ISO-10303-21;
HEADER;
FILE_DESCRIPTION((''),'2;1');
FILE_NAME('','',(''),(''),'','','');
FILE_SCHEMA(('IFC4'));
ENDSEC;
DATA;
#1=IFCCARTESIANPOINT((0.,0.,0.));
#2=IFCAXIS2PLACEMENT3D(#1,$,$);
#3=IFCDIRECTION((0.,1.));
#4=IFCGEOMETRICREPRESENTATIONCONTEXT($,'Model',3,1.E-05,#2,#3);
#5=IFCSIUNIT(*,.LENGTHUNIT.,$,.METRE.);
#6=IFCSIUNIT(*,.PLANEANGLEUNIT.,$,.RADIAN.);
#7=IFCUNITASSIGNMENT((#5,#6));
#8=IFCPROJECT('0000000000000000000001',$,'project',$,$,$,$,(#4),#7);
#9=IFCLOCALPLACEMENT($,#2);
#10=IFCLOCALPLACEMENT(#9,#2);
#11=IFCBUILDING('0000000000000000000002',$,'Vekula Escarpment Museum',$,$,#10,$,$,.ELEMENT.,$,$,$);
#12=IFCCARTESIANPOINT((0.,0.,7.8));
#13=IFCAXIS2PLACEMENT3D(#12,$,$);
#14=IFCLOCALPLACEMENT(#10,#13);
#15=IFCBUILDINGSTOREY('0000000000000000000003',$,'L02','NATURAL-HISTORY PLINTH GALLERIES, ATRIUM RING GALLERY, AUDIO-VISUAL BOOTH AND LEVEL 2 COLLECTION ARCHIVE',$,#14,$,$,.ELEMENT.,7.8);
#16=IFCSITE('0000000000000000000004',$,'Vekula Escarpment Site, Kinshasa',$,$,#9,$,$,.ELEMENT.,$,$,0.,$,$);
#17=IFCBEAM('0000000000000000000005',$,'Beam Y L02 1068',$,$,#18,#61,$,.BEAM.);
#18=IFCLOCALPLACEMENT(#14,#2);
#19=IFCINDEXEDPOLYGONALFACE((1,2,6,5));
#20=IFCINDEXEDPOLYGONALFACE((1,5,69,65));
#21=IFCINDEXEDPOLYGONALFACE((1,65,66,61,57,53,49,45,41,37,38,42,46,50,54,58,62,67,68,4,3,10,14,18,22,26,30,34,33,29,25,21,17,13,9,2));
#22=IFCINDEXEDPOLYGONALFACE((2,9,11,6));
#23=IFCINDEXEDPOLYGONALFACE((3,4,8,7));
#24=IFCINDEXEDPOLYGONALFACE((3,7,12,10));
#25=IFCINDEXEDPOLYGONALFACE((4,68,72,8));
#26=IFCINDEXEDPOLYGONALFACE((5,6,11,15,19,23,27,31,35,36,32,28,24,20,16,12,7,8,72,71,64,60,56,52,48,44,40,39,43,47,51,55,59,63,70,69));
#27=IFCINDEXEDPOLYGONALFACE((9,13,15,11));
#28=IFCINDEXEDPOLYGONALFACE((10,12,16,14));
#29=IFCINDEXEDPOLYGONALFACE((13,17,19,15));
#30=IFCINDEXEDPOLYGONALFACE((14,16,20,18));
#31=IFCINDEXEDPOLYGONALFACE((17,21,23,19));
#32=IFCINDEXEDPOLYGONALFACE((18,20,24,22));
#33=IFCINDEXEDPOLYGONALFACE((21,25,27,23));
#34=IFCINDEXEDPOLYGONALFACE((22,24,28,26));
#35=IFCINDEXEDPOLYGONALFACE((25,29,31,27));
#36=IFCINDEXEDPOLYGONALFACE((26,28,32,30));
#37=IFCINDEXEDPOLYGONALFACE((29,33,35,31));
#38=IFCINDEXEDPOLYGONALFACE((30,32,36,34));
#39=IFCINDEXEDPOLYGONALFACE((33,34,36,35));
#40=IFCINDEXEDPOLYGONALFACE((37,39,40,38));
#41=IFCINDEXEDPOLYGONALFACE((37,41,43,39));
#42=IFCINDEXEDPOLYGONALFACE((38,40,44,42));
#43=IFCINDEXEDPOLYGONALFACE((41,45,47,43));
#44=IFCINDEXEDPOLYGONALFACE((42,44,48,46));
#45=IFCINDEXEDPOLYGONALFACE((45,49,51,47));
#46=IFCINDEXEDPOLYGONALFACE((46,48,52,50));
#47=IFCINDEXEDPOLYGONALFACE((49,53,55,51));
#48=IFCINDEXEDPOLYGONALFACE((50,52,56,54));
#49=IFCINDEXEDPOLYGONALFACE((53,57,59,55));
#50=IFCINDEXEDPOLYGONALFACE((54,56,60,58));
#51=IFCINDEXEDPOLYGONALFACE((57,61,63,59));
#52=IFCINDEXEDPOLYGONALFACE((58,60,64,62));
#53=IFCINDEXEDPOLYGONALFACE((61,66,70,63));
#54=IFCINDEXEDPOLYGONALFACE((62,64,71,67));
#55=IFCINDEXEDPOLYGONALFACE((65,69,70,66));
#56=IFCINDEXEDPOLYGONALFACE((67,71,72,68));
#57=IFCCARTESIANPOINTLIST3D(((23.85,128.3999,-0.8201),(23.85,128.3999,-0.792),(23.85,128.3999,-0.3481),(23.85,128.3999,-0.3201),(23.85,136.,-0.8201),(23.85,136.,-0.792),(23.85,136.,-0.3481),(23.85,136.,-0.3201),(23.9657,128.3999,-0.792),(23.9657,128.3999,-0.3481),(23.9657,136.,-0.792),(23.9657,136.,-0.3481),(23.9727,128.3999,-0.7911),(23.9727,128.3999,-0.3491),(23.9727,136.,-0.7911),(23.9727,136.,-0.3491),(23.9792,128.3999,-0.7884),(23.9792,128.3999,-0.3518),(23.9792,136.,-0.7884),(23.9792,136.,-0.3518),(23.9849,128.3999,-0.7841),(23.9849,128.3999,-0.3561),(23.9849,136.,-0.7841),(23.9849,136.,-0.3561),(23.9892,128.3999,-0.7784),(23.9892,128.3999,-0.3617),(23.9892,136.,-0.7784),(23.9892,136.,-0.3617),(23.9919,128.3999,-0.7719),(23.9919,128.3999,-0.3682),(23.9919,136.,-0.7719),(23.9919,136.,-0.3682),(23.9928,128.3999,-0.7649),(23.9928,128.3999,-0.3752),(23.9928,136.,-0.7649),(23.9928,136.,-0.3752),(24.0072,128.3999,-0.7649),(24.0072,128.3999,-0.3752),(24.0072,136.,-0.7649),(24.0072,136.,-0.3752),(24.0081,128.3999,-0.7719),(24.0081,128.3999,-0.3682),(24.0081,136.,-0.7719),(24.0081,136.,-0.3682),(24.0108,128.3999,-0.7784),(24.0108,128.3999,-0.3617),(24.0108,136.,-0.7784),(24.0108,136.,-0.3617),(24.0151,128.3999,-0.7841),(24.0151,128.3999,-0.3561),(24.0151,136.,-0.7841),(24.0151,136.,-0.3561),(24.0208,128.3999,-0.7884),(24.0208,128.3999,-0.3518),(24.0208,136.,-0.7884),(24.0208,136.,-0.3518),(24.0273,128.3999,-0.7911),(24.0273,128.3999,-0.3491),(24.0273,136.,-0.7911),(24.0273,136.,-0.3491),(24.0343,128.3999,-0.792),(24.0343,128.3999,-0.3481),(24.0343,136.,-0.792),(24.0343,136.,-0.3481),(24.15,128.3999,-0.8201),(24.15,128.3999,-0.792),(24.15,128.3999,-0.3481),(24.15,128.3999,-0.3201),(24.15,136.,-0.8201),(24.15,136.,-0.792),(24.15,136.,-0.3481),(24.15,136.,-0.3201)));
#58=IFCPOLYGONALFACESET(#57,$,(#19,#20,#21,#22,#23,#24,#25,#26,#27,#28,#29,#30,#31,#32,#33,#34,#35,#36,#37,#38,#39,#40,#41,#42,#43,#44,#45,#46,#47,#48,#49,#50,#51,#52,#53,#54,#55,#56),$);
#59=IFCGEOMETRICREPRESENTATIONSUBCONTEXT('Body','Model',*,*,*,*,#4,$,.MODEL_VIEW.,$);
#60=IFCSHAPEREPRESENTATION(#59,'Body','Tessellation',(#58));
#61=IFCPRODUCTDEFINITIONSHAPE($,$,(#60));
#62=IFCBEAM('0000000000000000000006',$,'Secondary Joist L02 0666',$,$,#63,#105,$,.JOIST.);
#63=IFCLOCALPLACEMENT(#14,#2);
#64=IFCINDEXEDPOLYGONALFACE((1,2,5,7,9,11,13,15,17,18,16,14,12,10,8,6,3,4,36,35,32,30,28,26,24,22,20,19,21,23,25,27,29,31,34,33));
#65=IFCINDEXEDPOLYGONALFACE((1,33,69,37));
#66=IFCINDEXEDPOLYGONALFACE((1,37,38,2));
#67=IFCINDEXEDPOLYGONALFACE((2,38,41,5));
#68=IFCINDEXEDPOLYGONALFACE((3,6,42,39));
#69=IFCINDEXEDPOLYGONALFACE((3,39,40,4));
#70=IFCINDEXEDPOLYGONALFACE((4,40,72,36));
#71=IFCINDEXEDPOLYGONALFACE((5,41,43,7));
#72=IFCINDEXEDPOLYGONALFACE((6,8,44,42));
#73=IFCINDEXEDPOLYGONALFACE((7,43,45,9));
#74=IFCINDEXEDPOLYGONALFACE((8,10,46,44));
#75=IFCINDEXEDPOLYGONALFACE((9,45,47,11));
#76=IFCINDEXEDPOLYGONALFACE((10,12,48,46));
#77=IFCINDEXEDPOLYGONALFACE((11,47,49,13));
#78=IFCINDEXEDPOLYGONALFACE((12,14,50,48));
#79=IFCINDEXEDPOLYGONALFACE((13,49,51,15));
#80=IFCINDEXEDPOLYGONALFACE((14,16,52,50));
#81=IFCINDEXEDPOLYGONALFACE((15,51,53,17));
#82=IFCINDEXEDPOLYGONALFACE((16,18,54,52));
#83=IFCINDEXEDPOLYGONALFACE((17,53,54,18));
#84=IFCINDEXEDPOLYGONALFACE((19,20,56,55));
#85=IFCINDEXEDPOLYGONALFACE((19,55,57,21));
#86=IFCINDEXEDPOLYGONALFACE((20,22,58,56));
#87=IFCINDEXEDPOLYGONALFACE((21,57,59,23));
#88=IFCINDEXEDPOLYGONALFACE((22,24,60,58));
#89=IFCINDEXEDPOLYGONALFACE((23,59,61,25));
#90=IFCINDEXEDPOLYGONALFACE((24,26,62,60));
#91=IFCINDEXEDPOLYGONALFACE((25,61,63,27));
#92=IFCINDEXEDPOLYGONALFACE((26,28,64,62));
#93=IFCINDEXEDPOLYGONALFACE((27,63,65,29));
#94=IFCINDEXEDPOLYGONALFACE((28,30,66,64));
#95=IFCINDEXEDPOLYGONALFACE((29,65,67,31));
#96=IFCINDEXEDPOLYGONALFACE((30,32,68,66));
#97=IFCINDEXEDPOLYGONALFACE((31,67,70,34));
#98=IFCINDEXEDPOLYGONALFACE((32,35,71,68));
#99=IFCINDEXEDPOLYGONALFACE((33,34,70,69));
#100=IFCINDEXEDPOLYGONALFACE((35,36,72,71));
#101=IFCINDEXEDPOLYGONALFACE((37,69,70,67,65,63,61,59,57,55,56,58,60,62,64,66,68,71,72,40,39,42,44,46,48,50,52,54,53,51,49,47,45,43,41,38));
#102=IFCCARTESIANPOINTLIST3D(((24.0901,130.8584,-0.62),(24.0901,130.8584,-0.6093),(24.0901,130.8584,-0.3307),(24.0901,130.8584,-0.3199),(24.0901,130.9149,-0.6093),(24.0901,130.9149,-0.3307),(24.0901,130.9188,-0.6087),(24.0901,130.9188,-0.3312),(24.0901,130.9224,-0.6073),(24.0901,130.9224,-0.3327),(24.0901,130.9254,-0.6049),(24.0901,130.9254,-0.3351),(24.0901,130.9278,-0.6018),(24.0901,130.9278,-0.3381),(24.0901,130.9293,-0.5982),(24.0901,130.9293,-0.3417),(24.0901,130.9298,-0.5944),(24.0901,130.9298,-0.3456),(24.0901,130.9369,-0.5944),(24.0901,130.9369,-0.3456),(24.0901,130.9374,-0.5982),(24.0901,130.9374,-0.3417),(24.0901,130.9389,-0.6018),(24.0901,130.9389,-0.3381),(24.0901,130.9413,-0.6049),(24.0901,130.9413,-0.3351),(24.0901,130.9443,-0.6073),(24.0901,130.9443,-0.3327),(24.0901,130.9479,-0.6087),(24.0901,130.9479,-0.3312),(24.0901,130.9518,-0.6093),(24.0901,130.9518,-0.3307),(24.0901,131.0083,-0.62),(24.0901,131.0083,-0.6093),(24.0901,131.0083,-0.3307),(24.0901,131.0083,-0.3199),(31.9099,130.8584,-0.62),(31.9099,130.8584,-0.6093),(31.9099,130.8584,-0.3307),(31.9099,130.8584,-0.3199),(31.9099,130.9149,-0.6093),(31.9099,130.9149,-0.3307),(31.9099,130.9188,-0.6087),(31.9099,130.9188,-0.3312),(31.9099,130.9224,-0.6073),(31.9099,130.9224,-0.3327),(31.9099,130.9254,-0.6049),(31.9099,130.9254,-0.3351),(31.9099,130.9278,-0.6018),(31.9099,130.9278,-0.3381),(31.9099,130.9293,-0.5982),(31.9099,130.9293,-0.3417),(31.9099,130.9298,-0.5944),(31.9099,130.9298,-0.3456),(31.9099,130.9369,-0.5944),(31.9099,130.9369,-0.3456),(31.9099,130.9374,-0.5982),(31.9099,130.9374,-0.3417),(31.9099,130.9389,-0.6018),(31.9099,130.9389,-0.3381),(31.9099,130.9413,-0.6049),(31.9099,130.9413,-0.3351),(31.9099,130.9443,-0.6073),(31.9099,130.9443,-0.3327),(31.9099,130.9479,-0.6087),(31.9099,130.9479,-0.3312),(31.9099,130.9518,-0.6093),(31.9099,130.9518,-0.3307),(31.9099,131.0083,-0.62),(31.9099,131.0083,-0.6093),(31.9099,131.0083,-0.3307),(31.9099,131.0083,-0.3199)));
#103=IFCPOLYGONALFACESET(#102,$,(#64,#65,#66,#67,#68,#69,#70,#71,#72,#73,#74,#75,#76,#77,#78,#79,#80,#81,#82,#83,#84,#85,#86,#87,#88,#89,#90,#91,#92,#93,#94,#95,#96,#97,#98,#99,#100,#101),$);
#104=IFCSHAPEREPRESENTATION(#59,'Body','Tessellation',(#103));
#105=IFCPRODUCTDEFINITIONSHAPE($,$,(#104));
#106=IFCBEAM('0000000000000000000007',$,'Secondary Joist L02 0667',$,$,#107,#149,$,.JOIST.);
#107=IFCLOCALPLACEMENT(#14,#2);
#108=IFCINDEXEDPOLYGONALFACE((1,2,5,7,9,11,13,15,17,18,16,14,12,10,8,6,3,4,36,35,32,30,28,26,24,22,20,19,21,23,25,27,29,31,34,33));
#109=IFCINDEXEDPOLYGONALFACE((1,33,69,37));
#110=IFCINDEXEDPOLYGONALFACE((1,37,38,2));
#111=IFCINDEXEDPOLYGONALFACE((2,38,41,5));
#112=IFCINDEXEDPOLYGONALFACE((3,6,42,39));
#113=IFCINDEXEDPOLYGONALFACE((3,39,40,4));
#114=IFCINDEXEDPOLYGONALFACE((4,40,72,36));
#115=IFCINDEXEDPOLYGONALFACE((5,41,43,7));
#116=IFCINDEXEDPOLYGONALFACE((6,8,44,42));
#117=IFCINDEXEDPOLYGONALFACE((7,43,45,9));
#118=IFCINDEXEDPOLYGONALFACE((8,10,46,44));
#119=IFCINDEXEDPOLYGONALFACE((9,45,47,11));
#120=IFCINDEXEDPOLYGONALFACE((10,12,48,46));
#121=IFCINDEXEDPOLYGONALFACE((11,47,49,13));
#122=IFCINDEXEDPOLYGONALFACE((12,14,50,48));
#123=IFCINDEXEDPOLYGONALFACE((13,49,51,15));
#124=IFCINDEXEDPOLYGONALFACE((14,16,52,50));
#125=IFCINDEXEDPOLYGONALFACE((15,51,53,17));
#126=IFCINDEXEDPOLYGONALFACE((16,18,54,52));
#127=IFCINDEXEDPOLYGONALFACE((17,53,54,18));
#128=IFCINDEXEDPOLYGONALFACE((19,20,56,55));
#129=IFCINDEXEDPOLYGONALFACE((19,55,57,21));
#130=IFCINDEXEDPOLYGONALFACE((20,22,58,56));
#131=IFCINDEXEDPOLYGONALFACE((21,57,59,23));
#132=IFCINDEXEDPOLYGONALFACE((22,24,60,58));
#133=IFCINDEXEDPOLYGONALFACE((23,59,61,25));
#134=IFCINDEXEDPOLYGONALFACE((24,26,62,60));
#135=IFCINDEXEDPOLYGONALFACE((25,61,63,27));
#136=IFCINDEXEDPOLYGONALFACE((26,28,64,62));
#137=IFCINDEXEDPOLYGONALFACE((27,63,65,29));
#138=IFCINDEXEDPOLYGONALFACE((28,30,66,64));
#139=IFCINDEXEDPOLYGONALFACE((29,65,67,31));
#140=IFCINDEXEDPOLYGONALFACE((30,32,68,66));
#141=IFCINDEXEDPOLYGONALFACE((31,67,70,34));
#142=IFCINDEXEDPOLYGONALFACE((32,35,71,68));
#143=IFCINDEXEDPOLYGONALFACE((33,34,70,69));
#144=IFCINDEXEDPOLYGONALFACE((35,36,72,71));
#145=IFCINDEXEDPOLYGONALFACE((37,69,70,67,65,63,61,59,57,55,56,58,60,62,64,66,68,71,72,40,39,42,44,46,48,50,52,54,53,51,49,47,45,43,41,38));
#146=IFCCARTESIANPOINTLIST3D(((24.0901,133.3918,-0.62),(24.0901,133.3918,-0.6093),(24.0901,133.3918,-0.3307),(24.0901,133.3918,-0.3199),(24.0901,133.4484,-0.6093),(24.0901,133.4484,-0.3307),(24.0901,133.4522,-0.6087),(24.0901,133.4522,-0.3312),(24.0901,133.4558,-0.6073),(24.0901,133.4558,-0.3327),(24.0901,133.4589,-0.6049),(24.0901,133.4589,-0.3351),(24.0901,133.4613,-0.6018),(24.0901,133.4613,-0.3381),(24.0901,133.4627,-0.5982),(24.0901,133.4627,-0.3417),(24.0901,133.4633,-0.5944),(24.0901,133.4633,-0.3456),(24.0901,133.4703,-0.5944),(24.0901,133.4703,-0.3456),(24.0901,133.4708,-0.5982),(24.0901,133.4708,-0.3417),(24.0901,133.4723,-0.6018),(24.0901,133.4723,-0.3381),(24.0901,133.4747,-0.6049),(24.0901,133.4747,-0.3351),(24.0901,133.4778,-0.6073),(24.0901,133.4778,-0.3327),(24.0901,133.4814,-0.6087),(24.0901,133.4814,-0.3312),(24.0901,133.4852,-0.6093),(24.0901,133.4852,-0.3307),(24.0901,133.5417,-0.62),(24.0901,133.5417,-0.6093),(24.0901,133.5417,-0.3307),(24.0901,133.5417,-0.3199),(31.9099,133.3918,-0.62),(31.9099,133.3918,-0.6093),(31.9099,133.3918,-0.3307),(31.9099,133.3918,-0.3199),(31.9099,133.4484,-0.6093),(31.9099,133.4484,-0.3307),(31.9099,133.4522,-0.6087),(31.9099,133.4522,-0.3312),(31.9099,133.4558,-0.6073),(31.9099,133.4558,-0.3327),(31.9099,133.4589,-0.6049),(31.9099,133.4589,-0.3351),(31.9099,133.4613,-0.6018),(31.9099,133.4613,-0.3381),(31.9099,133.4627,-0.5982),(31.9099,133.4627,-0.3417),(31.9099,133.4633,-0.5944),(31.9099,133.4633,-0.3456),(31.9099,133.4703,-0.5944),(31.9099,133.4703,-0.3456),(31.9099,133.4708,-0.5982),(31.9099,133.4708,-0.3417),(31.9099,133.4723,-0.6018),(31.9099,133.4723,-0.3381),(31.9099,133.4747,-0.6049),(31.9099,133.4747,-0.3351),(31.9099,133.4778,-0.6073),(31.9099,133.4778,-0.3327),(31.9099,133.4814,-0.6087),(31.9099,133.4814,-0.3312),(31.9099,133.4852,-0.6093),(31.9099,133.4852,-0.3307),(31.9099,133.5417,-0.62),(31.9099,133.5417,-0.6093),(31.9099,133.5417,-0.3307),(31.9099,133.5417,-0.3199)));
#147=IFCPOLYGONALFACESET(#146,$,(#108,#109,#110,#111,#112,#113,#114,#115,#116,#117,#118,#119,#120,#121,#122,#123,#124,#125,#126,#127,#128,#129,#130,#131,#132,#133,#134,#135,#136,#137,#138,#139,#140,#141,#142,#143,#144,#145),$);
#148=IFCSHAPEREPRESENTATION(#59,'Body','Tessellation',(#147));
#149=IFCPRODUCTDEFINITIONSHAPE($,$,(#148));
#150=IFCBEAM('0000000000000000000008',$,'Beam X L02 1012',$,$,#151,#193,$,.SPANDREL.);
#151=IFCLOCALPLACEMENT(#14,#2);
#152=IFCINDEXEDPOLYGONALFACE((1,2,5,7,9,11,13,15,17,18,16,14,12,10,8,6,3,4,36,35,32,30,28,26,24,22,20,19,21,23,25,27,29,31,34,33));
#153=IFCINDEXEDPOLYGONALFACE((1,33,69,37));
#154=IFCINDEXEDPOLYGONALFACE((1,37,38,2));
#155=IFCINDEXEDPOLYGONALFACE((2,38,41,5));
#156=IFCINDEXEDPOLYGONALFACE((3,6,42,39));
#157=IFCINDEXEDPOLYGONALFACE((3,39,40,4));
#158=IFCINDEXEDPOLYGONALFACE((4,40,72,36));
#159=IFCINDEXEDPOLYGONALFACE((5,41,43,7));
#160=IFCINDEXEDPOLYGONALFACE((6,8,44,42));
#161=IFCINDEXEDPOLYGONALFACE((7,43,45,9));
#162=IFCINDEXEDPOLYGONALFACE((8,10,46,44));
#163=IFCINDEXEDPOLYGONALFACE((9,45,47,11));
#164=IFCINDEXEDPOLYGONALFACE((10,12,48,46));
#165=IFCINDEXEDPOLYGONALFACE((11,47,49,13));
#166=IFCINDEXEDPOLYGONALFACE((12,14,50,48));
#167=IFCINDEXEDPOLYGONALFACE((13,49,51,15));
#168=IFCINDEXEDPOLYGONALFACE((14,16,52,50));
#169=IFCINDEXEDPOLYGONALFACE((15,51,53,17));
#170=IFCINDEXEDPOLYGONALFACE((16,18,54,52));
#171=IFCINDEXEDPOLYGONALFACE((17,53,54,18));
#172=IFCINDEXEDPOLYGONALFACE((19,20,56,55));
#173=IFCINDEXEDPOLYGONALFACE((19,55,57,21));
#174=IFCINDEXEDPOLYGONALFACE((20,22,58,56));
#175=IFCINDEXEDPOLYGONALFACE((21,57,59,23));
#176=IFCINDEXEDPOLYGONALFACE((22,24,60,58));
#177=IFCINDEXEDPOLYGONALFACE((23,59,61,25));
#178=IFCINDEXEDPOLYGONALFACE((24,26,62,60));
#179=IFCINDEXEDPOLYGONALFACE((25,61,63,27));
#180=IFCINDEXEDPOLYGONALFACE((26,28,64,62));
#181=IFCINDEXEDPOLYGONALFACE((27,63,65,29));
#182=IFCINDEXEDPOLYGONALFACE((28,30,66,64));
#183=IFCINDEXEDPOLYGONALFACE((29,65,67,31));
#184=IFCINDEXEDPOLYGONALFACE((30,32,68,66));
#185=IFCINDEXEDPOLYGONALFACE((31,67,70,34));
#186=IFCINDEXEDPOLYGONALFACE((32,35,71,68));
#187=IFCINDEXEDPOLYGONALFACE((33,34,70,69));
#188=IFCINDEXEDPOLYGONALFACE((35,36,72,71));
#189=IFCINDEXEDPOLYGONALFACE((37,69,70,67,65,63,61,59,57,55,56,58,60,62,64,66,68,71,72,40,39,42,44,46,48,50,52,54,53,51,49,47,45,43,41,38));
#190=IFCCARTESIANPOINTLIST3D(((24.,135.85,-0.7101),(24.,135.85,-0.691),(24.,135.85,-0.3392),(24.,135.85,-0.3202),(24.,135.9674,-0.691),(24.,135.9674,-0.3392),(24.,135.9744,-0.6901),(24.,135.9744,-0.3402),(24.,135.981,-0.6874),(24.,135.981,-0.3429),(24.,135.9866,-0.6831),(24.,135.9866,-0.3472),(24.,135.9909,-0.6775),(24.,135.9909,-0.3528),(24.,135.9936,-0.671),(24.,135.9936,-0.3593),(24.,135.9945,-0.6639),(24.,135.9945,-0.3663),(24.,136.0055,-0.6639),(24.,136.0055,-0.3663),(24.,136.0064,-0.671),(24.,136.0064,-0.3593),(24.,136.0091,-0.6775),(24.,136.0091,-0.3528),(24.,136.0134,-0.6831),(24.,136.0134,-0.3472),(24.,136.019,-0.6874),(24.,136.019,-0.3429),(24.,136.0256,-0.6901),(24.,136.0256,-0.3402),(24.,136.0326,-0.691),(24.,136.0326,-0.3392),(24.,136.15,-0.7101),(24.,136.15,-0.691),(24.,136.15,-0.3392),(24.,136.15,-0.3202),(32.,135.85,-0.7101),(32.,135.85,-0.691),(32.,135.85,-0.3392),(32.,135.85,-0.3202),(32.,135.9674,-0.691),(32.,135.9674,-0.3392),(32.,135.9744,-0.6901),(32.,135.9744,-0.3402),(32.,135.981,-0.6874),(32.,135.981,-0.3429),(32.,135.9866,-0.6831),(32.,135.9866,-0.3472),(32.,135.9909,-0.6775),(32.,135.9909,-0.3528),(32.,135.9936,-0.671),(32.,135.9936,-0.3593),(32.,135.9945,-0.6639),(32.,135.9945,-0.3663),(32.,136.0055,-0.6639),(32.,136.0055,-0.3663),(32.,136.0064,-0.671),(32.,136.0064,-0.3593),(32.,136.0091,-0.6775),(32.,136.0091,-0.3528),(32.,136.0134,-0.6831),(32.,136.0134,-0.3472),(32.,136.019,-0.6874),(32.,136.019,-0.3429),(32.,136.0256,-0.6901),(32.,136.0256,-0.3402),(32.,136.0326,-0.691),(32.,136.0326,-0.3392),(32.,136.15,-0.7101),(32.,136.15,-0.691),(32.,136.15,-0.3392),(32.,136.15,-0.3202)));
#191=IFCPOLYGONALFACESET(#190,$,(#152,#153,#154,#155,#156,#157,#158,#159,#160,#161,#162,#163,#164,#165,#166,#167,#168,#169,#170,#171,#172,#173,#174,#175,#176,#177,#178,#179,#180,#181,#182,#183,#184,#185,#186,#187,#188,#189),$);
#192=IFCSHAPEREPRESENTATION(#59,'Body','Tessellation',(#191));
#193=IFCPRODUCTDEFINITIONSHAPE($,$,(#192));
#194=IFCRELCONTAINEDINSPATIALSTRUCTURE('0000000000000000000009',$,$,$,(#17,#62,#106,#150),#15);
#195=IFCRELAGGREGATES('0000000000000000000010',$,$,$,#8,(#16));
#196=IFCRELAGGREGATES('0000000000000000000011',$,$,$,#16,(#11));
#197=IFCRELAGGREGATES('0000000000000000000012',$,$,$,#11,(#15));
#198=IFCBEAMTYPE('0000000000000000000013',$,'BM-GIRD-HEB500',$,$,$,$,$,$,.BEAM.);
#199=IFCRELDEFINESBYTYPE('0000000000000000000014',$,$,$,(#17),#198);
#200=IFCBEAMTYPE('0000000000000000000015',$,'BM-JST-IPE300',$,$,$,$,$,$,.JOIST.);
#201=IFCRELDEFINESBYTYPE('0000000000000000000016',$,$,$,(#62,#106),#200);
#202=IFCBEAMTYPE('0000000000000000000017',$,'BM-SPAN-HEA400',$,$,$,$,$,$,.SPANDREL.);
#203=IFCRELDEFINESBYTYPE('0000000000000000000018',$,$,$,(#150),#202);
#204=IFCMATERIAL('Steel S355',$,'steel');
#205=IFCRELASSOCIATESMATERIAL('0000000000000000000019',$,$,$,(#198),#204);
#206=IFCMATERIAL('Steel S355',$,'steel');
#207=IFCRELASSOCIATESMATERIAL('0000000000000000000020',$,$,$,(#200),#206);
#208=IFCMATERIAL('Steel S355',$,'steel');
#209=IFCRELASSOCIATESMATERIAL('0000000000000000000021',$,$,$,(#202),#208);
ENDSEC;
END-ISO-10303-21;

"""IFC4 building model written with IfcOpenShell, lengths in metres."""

from ifc_helpers import new_model, si_unit, direction, frame, origin, origin_2d, place, context, subcontext, project, spatial, i_section, extrude, material, material_profile, profile_set, type_object, element, save


model = new_model("IFC4")

# Units and contexts
model_context = context("Model", 3, precision=1e-05, world=origin(), true_north=direction((0.0, 1.0)))
body_context = subcontext(model_context, "Body", "Model", "MODEL_VIEW")
ifc_project = project(units=[si_unit("LENGTHUNIT", "METRE"), si_unit("PLANEANGLEUNIT", "RADIAN")], contexts=[model_context])

# Site, building, storey
site_placement = place(None, origin())
site = spatial("IfcSite", under=ifc_project, at=site_placement, Name="Vekula Escarpment Site, Kinshasa", CompositionType="ELEMENT", RefElevation=0.0)
building_placement = place(site_placement, origin())
building = spatial("IfcBuilding", under=site, at=building_placement, Name="Vekula Escarpment Museum", CompositionType="ELEMENT")
storey_placement = place(building_placement, frame((0.0, 0.0, 7.8)))
storey = spatial("IfcBuildingStorey", under=building, at=storey_placement, Name="L02", Description="NATURAL-HISTORY PLINTH GALLERIES, ATRIUM RING GALLERY, AUDIO-VISUAL BOOTH AND LEVEL 2 COLLECTION ARCHIVE", CompositionType="ELEMENT", Elevation=7.8)

# Beams
ifc_material_1 = material(Name="Steel S355", Category="steel")
ifc_material_profile_1 = material_profile(ifc_material_1, i_section(OverallWidth=0.3, OverallDepth=0.5, WebThickness=0.0144, FlangeThickness=0.0281, FilletRadius=0.0271, at=origin_2d()), Name="HEB 500")
ifc_profile_set_1 = profile_set([ifc_material_profile_1], Name="Steel S355")
beam_type_1 = type_object("IfcBeamType", Name="BM-GIRD-HEB500", PredefinedType="BEAM", material=ifc_profile_set_1)
beam_1_placement = place(storey_placement, frame((24.0, 128.3999, -0.5701), z_axis=(0.0, 1.0, 0.0), x_axis=(-1.0, 0.0, 0.0)))
element("IfcBeam", 1, at=beam_1_placement, inside=storey, type_object=beam_type_1, Name="Beam Y L02 1068", PredefinedType="BEAM", context=body_context, shape_type="SweptSolid", body=[
    extrude(i_section(OverallWidth=0.3, OverallDepth=0.5, WebThickness=0.0144, FlangeThickness=0.0281, FilletRadius=0.0271, at=origin_2d()), origin(), (0.0, 0.0, 1.0), 7.6001),
])
ifc_material_2 = material(Name="Steel S355", Category="steel")
ifc_material_profile_2 = material_profile(ifc_material_2, i_section(OverallWidth=0.1499, OverallDepth=0.3, WebThickness=0.0071, FlangeThickness=0.0107, FilletRadius=0.0149, at=origin_2d()), Name="IPE 300")
ifc_profile_set_2 = profile_set([ifc_material_profile_2], Name="Steel S355")
beam_type_2 = type_object("IfcBeamType", Name="BM-JST-IPE300", PredefinedType="JOIST", material=ifc_profile_set_2)
for number, where, z_axis, x_axis, name in (
    (2, (24.0901, 130.9333, -0.47), (1.0, 0.0, 0.0), (0.0, 1.0, 0.0), "Secondary Joist L02 0666"),
    (3, (24.0901, 133.4668, -0.47), (1.0, 0.0, 0.0), (0.0, 1.0, 0.0), "Secondary Joist L02 0667"),
):
    element("IfcBeam", number, at=place(storey_placement, frame(where, z_axis=z_axis, x_axis=x_axis)), inside=storey, type_object=beam_type_2, Name=name, PredefinedType="JOIST", context=body_context, shape_type="SweptSolid", body=[
        extrude(i_section(OverallWidth=0.1499, OverallDepth=0.3, WebThickness=0.0071, FlangeThickness=0.0107, FilletRadius=0.0149, at=origin_2d()), origin(), (0.0, 0.0, 1.0), 7.8198),
    ])
ifc_material_3 = material(Name="Steel S355", Category="steel")
ifc_material_profile_3 = material_profile(ifc_material_3, i_section(OverallWidth=0.3, OverallDepth=0.3899, WebThickness=0.011, FlangeThickness=0.019, FilletRadius=0.0271, at=origin_2d()), Name="HEA 400")
ifc_profile_set_3 = profile_set([ifc_material_profile_3], Name="Steel S355")
beam_type_3 = type_object("IfcBeamType", Name="BM-SPAN-HEA400", PredefinedType="SPANDREL", material=ifc_profile_set_3)
beam_2_placement = place(storey_placement, frame((24.0, 136.0, -0.5151), z_axis=(1.0, 0.0, 0.0), x_axis=(0.0, 1.0, 0.0)))
element("IfcBeam", 4, at=beam_2_placement, inside=storey, type_object=beam_type_3, Name="Beam X L02 1012", PredefinedType="SPANDREL", context=body_context, shape_type="SweptSolid", body=[
    extrude(i_section(OverallWidth=0.3, OverallDepth=0.3899, WebThickness=0.011, FlangeThickness=0.019, FilletRadius=0.0271, at=origin_2d()), origin(), (0.0, 0.0, 1.0), 8.0),
])

save(model, "model.ifc")
